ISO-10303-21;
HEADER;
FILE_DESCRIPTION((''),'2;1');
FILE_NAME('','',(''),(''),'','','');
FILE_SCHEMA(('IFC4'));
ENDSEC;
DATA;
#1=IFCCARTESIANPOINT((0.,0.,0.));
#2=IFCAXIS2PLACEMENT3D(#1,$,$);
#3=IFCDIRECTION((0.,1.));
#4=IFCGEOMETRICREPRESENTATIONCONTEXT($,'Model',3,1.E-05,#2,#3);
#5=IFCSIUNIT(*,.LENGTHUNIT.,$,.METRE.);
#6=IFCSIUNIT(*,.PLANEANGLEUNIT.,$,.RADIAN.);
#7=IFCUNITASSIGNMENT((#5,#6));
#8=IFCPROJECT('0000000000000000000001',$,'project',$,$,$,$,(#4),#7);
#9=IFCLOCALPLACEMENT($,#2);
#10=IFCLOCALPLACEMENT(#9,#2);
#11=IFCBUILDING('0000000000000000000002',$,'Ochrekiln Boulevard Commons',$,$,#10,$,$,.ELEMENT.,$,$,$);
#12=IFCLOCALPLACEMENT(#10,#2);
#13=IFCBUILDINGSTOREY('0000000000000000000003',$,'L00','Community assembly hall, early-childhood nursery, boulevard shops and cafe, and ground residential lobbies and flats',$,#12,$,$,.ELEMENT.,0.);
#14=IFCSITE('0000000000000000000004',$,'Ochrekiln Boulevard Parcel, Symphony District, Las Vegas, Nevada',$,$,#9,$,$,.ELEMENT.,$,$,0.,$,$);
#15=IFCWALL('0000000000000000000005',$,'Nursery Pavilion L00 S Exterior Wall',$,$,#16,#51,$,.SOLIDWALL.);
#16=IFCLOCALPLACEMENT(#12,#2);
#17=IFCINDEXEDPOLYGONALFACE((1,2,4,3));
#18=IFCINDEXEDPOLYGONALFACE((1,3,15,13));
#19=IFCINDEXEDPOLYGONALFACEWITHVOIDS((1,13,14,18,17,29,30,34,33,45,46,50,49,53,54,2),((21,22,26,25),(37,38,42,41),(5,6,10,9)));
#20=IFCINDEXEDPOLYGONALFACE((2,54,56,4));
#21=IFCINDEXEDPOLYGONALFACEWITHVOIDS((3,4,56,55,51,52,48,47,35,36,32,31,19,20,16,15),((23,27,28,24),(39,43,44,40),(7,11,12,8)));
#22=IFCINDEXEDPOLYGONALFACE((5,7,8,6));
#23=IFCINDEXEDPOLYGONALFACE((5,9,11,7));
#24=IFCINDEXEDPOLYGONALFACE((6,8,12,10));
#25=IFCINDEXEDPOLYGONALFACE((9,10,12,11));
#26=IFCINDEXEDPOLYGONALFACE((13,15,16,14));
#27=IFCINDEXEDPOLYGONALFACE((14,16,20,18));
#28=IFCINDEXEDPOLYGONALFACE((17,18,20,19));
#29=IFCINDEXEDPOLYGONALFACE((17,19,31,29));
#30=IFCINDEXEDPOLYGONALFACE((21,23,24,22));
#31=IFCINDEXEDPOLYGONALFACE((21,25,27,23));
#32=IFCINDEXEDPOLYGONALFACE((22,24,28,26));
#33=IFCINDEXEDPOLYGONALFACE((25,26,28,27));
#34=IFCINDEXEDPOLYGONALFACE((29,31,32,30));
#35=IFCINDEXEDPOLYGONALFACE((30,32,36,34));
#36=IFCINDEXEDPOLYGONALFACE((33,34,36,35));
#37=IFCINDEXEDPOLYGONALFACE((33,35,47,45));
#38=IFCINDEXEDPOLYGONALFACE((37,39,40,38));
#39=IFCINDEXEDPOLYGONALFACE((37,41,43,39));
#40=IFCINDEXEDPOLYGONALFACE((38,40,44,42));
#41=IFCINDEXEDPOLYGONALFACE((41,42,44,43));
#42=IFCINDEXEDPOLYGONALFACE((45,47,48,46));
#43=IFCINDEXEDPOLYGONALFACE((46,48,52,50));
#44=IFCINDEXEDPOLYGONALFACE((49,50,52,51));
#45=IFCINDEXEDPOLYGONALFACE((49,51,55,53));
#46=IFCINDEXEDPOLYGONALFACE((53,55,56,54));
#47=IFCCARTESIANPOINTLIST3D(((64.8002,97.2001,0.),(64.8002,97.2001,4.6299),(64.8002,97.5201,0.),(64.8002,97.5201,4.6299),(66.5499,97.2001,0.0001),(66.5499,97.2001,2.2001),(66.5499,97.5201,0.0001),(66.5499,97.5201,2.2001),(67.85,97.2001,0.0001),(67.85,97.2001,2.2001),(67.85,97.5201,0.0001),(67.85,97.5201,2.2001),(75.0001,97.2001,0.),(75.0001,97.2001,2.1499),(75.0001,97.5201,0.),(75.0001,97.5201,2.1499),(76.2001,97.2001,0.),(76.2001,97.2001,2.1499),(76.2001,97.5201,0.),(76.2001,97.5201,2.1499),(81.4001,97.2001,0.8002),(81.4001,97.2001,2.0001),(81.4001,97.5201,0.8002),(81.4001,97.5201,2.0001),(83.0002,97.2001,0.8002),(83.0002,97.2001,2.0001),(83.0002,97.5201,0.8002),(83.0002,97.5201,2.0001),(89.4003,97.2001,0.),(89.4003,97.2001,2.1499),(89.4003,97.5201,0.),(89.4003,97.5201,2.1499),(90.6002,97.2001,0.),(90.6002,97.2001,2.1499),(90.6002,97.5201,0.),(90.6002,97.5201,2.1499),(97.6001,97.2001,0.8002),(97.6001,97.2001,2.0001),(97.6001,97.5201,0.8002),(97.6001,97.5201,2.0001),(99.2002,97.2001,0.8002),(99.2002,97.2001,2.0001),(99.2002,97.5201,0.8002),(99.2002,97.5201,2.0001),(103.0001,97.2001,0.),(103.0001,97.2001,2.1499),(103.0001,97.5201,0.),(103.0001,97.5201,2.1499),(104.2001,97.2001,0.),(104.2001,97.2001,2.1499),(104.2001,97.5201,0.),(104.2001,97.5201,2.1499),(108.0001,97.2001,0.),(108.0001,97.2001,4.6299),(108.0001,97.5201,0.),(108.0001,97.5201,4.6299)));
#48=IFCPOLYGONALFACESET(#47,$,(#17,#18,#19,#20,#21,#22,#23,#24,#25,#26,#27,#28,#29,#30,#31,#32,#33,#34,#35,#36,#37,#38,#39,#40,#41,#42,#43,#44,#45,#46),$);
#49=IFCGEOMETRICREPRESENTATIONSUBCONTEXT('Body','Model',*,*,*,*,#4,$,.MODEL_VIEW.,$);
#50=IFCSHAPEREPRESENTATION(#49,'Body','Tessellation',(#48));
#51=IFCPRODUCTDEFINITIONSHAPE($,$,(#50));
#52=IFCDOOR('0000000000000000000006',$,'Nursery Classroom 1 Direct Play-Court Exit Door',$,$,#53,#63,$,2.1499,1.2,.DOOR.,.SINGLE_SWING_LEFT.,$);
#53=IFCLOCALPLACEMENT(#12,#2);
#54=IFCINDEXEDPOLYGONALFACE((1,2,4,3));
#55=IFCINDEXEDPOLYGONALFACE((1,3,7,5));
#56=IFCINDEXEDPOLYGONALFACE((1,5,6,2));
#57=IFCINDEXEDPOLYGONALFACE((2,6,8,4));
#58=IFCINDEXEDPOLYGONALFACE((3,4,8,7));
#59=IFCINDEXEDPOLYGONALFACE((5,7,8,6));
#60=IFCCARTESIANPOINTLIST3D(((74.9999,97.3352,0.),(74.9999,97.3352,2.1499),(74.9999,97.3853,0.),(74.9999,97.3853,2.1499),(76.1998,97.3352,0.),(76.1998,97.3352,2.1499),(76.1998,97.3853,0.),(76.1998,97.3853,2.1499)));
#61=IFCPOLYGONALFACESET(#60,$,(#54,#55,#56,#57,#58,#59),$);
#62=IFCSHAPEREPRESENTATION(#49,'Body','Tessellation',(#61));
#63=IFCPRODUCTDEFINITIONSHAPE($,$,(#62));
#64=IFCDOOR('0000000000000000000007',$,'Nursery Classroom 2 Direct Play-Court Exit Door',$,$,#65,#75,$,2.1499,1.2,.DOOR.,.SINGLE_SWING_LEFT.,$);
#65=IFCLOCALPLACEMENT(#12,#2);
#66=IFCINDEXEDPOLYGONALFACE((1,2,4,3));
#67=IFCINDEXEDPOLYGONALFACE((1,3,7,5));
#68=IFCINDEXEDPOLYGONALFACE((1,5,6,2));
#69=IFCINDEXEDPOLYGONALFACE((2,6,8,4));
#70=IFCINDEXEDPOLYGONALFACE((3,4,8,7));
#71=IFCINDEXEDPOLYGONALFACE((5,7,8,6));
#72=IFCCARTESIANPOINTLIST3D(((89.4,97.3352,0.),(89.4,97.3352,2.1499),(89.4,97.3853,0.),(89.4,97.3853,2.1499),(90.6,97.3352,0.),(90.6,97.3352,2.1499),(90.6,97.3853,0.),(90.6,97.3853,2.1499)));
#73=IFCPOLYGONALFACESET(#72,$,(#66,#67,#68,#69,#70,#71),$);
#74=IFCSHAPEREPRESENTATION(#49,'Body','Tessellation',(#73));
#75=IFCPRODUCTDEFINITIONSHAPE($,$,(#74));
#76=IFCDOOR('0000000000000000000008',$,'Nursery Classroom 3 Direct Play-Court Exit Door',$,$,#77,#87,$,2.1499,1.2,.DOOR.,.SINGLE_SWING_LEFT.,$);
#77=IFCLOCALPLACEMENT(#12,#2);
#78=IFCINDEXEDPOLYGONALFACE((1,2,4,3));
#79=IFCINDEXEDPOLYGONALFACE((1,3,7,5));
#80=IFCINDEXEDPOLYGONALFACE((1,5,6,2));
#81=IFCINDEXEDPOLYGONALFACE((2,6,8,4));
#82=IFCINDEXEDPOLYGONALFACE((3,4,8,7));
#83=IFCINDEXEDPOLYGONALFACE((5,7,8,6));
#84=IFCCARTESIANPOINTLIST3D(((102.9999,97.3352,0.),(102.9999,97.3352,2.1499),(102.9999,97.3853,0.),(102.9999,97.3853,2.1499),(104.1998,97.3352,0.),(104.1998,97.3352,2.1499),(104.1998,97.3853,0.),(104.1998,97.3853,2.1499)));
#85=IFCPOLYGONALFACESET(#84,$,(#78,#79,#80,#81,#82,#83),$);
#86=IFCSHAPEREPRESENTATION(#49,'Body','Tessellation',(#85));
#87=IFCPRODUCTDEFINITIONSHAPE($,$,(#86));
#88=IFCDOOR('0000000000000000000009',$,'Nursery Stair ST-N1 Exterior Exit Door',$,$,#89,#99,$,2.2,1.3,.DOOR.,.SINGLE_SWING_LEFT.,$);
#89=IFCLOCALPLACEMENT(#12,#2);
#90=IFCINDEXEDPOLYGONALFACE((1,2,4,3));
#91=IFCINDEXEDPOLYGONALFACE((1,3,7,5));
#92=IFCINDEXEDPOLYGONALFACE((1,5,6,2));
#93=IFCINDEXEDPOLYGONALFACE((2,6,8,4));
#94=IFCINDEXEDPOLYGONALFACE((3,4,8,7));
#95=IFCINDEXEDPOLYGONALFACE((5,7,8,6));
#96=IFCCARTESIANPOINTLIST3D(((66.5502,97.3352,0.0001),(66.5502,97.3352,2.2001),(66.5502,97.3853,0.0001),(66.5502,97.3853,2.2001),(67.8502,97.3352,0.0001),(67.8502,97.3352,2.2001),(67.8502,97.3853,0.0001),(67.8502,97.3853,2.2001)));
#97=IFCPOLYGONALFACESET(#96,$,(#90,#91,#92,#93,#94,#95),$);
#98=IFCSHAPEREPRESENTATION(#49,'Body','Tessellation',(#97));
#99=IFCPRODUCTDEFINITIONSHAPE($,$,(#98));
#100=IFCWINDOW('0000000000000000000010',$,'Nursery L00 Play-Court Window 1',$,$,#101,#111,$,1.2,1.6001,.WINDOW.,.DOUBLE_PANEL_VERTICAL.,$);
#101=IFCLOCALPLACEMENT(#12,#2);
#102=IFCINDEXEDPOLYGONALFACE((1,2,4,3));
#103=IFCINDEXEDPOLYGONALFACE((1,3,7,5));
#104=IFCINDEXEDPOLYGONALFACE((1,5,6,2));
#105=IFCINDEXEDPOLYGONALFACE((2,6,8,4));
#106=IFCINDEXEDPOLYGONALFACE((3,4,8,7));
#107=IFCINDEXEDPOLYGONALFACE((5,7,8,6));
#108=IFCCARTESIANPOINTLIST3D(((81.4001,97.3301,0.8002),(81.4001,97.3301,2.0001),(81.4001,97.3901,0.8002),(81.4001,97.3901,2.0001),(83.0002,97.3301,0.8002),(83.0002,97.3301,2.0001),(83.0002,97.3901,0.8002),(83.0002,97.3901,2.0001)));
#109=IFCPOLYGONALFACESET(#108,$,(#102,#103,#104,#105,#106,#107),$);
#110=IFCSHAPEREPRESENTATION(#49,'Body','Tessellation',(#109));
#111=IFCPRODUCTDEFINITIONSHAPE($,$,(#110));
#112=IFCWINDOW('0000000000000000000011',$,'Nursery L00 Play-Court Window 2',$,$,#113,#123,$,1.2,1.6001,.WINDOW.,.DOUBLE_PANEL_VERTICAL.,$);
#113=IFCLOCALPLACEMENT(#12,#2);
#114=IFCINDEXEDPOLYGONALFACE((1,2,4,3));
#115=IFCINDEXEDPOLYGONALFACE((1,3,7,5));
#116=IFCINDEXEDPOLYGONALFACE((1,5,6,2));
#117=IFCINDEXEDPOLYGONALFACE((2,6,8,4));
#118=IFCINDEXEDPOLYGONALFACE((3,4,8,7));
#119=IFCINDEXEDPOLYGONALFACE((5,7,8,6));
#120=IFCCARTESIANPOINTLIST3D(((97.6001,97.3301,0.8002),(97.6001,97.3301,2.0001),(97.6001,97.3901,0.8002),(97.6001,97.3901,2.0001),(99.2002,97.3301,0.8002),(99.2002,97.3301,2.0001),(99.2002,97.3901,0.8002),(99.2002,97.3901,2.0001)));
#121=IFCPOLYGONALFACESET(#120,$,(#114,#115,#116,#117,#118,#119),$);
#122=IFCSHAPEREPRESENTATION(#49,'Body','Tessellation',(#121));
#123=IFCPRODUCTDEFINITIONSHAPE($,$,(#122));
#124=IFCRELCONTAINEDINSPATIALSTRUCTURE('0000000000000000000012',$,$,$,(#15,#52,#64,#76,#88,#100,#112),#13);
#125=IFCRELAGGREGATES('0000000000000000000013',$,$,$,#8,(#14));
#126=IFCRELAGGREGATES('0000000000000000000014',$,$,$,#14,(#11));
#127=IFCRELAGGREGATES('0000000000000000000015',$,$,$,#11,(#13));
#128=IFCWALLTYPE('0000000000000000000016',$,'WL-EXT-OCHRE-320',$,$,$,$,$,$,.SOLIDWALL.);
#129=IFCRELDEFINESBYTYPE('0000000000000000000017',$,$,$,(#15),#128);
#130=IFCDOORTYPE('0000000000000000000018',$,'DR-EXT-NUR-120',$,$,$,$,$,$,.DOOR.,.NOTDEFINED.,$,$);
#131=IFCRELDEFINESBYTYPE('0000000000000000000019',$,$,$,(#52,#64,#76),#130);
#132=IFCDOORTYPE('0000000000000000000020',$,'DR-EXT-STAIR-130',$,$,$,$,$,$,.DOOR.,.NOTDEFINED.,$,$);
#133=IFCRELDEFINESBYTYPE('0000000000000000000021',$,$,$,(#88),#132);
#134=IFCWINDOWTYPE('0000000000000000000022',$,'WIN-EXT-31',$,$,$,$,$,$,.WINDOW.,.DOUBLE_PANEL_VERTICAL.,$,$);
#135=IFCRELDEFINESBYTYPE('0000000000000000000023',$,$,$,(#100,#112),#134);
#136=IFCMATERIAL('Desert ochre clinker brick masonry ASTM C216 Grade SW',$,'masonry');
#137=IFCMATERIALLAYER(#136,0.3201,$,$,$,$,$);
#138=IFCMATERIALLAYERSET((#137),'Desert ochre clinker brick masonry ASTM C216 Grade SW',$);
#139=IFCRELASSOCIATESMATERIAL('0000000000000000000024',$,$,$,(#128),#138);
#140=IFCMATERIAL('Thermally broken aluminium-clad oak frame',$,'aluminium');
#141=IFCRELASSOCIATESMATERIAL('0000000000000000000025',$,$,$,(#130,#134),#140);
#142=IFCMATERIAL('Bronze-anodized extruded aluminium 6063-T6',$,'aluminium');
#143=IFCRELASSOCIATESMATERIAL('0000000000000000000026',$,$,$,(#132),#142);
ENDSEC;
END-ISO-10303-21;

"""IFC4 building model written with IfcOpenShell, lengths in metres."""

from ifc_helpers import new_model, si_unit, direction, frame, frame_2d, origin, place, context, subcontext, project, spatial, rectangle, extrude, material, layer, layer_set, type_object, element, fill, save


model = new_model("IFC4")

# Units and contexts
model_context = context("Model", 3, precision=1e-05, world=origin(), true_north=direction((0.0, 1.0)))
body_context = subcontext(model_context, "Body", "Model", "MODEL_VIEW")
ifc_project = project(units=[si_unit("LENGTHUNIT", "METRE"), si_unit("PLANEANGLEUNIT", "RADIAN")], contexts=[model_context])

# Site, building, storey
site_placement = place(None, origin())
site = spatial("IfcSite", under=ifc_project, at=site_placement, Name="Ochrekiln Boulevard Parcel, Symphony District, Las Vegas, Nevada", CompositionType="ELEMENT", RefElevation=0.0)
building_placement = place(site_placement, origin())
building = spatial("IfcBuilding", under=site, at=building_placement, Name="Ochrekiln Boulevard Commons", CompositionType="ELEMENT")
storey_placement = place(building_placement, origin())
storey = spatial("IfcBuildingStorey", under=building, at=storey_placement, Name="L00", Description="Community assembly hall, early-childhood nursery, boulevard shops and cafe, and ground residential lobbies and flats", CompositionType="ELEMENT", Elevation=0.0)

# Shared definitions
ifc_material_1 = material(Name="Bronze-anodized extruded aluminium 6063-T6", Category="aluminium")

# Wall, openings, doors, windows
ifc_material_2 = material(Name="Desert ochre clinker brick masonry ASTM C216 Grade SW", Category="masonry")
ifc_layer_1 = layer(ifc_material_2, 0.3201)
ifc_layer_set_1 = layer_set([ifc_layer_1], Name="Desert ochre clinker brick masonry ASTM C216 Grade SW")
wall_type = type_object("IfcWallType", Name="WL-EXT-OCHRE-320", PredefinedType="SOLIDWALL", material=ifc_layer_set_1)
wall_1_placement = place(storey_placement, frame((64.8, 97.3601, 0.0), z_axis=(0.0, 0.0, 1.0), x_axis=(1.0, 0.0, 0.0)))
wall_1 = element("IfcWall", 1, at=wall_1_placement, inside=storey, type_object=wall_type, Name="Nursery Pavilion L00 S Exterior Wall", PredefinedType="SOLIDWALL", context=body_context, shape_type="SweptSolid", body=[
    extrude(rectangle(XDim=43.2, YDim=0.3201, at=frame_2d((21.6001, 0.0))), origin(), (0.0, 0.0, 1.0), 4.6299),
])
opening_1_placement = place(wall_1_placement, frame((1.75, 0.0, 0.0)))
opening_1 = element("IfcOpeningElement", 2, at=opening_1_placement, cuts=wall_1, PredefinedType="OPENING", context=body_context, shape_type="SweptSolid", body=[
    extrude(rectangle(XDim=1.3, YDim=2.2, at=frame_2d((0.6499, 1.1001))), frame((0.0, 0.1699, 0.0), z_axis=(0.0, -1.0, 0.0), x_axis=(1.0, 0.0, 0.0)), (0.0, 0.0, 1.0), 0.3401),
])
opening_2_placement = place(wall_1_placement, frame((10.2, 0.0, 0.0)))
opening_2 = element("IfcOpeningElement", 3, at=opening_2_placement, cuts=wall_1, PredefinedType="OPENING", context=body_context, shape_type="SweptSolid", body=[
    extrude(rectangle(XDim=1.2, YDim=2.1499, at=frame_2d((0.6001, 1.075))), frame((0.0, 0.1699, 0.0), z_axis=(0.0, -1.0, 0.0), x_axis=(1.0, 0.0, 0.0)), (0.0, 0.0, 1.0), 0.3401),
])
opening_3_placement = place(wall_1_placement, frame((24.6001, 0.0, 0.0)))
opening_3 = element("IfcOpeningElement", 4, at=opening_3_placement, cuts=wall_1, PredefinedType="OPENING", context=body_context, shape_type="SweptSolid", body=[
    extrude(rectangle(XDim=1.2, YDim=2.1499, at=frame_2d((0.6001, 1.075))), frame((0.0, 0.1699, 0.0), z_axis=(0.0, -1.0, 0.0), x_axis=(1.0, 0.0, 0.0)), (0.0, 0.0, 1.0), 0.3401),
])
opening_4_placement = place(wall_1_placement, frame((38.2, 0.0, 0.0)))
opening_4 = element("IfcOpeningElement", 5, at=opening_4_placement, cuts=wall_1, PredefinedType="OPENING", context=body_context, shape_type="SweptSolid", body=[
    extrude(rectangle(XDim=1.2, YDim=2.1499, at=frame_2d((0.6001, 1.075))), frame((0.0, 0.1699, 0.0), z_axis=(0.0, -1.0, 0.0), x_axis=(1.0, 0.0, 0.0)), (0.0, 0.0, 1.0), 0.3401),
])
opening_5_placement = place(wall_1_placement, frame((16.6001, 0.0, 0.8)))
opening_5 = element("IfcOpeningElement", 6, at=opening_5_placement, cuts=wall_1, PredefinedType="OPENING", context=body_context, shape_type="SweptSolid", body=[
    extrude(rectangle(XDim=1.6001, YDim=1.2, at=frame_2d((0.8, 0.6001))), frame((0.0, 0.1699, 0.0), z_axis=(0.0, -1.0, 0.0), x_axis=(1.0, 0.0, 0.0)), (0.0, 0.0, 1.0), 0.3401),
])
opening_6_placement = place(wall_1_placement, frame((32.8, 0.0, 0.8)))
opening_6 = element("IfcOpeningElement", 7, at=opening_6_placement, cuts=wall_1, PredefinedType="OPENING", context=body_context, shape_type="SweptSolid", body=[
    extrude(rectangle(XDim=1.6001, YDim=1.2, at=frame_2d((0.8, 0.6001))), frame((0.0, 0.1699, 0.0), z_axis=(0.0, -1.0, 0.0), x_axis=(1.0, 0.0, 0.0)), (0.0, 0.0, 1.0), 0.3401),
])
ifc_material_3 = material(Name="Thermally broken aluminium-clad oak frame", Category="aluminium")
door_type_1 = type_object("IfcDoorType", Name="DR-EXT-NUR-120", OperationType="NOTDEFINED", PredefinedType="DOOR", material=ifc_material_3)
door_1_placement = place(opening_2_placement, frame((1.2, 0.0, 0.0), z_axis=(0.0, 0.0, 1.0), x_axis=(-1.0, 0.0, 0.0)))
door_1 = element("IfcDoor", 8, at=door_1_placement, inside=storey, type_object=door_type_1, Name="Nursery Classroom 1 Direct Play-Court Exit Door", OperationType="SINGLE_SWING_LEFT", OverallHeight=2.1499, OverallWidth=1.2, PredefinedType="DOOR", context=body_context, shape_type="SweptSolid", body=[
    extrude(rectangle(XDim=1.2, YDim=2.1499, at=frame_2d((0.6001, 1.075))), frame((0.0, 0.0249, 0.0), z_axis=(0.0, -1.0, 0.0), x_axis=(1.0, 0.0, 0.0)), (0.0, 0.0, 1.0), 0.05),
])
fill(opening_2, door_1)
door_2_placement = place(opening_3_placement, frame((1.2, 0.0, 0.0), z_axis=(0.0, 0.0, 1.0), x_axis=(-1.0, 0.0, 0.0)))
door_2 = element("IfcDoor", 9, at=door_2_placement, inside=storey, type_object=door_type_1, Name="Nursery Classroom 2 Direct Play-Court Exit Door", OperationType="SINGLE_SWING_LEFT", OverallHeight=2.1499, OverallWidth=1.2, PredefinedType="DOOR", context=body_context, shape_type="SweptSolid", body=[
    extrude(rectangle(XDim=1.2, YDim=2.1499, at=frame_2d((0.6001, 1.075))), frame((0.0, 0.0249, 0.0), z_axis=(0.0, -1.0, 0.0), x_axis=(1.0, 0.0, 0.0)), (0.0, 0.0, 1.0), 0.05),
])
fill(opening_3, door_2)
door_3_placement = place(opening_4_placement, frame((1.2, 0.0, 0.0), z_axis=(0.0, 0.0, 1.0), x_axis=(-1.0, 0.0, 0.0)))
door_3 = element("IfcDoor", 10, at=door_3_placement, inside=storey, type_object=door_type_1, Name="Nursery Classroom 3 Direct Play-Court Exit Door", OperationType="SINGLE_SWING_LEFT", OverallHeight=2.1499, OverallWidth=1.2, PredefinedType="DOOR", context=body_context, shape_type="SweptSolid", body=[
    extrude(rectangle(XDim=1.2, YDim=2.1499, at=frame_2d((0.6001, 1.075))), frame((0.0, 0.0249, 0.0), z_axis=(0.0, -1.0, 0.0), x_axis=(1.0, 0.0, 0.0)), (0.0, 0.0, 1.0), 0.05),
])
fill(opening_4, door_3)
door_type_2 = type_object("IfcDoorType", Name="DR-EXT-STAIR-130", OperationType="NOTDEFINED", PredefinedType="DOOR", material=ifc_material_1)
door_4_placement = place(opening_1_placement, frame((1.3, 0.0, 0.0), z_axis=(0.0, 0.0, 1.0), x_axis=(-1.0, 0.0, 0.0)))
door_4 = element("IfcDoor", 11, at=door_4_placement, inside=storey, type_object=door_type_2, Name="Nursery Stair ST-N1 Exterior Exit Door", OperationType="SINGLE_SWING_LEFT", OverallHeight=2.2, OverallWidth=1.3, PredefinedType="DOOR", context=body_context, shape_type="SweptSolid", body=[
    extrude(rectangle(XDim=1.3, YDim=2.2, at=frame_2d((0.6499, 1.1001))), frame((0.0, 0.0249, 0.0), z_axis=(0.0, -1.0, 0.0), x_axis=(1.0, 0.0, 0.0)), (0.0, 0.0, 1.0), 0.05),
])
fill(opening_1, door_4)
window_type_1 = type_object("IfcWindowType", Name="WIN-EXT-31", PartitioningType="DOUBLE_PANEL_VERTICAL", PredefinedType="WINDOW", material=ifc_material_3)
window_1_placement = place(opening_5_placement, origin())
window_1 = element("IfcWindow", 12, at=window_1_placement, inside=storey, type_object=window_type_1, Name="Nursery L00 Play-Court Window 1", OverallHeight=1.2, OverallWidth=1.6001, PartitioningType="DOUBLE_PANEL_VERTICAL", PredefinedType="WINDOW", context=body_context, shape_type="SweptSolid", body=[
    extrude(rectangle(XDim=1.6001, YDim=1.2, at=frame_2d((0.8, 0.6001))), frame((0.0, 0.03, 0.0), z_axis=(0.0, -1.0, 0.0), x_axis=(1.0, 0.0, 0.0)), (0.0, 0.0, 1.0), 0.0601),
])
fill(opening_5, window_1)
window_2_placement = place(opening_6_placement, origin())
window_2 = element("IfcWindow", 13, at=window_2_placement, inside=storey, type_object=window_type_1, Name="Nursery L00 Play-Court Window 2", OverallHeight=1.2, OverallWidth=1.6001, PartitioningType="DOUBLE_PANEL_VERTICAL", PredefinedType="WINDOW", context=body_context, shape_type="SweptSolid", body=[
    extrude(rectangle(XDim=1.6001, YDim=1.2, at=frame_2d((0.8, 0.6001))), frame((0.0, 0.03, 0.0), z_axis=(0.0, -1.0, 0.0), x_axis=(1.0, 0.0, 0.0)), (0.0, 0.0, 1.0), 0.0601),
])
fill(opening_6, window_2)

save(model, "model.ifc")
